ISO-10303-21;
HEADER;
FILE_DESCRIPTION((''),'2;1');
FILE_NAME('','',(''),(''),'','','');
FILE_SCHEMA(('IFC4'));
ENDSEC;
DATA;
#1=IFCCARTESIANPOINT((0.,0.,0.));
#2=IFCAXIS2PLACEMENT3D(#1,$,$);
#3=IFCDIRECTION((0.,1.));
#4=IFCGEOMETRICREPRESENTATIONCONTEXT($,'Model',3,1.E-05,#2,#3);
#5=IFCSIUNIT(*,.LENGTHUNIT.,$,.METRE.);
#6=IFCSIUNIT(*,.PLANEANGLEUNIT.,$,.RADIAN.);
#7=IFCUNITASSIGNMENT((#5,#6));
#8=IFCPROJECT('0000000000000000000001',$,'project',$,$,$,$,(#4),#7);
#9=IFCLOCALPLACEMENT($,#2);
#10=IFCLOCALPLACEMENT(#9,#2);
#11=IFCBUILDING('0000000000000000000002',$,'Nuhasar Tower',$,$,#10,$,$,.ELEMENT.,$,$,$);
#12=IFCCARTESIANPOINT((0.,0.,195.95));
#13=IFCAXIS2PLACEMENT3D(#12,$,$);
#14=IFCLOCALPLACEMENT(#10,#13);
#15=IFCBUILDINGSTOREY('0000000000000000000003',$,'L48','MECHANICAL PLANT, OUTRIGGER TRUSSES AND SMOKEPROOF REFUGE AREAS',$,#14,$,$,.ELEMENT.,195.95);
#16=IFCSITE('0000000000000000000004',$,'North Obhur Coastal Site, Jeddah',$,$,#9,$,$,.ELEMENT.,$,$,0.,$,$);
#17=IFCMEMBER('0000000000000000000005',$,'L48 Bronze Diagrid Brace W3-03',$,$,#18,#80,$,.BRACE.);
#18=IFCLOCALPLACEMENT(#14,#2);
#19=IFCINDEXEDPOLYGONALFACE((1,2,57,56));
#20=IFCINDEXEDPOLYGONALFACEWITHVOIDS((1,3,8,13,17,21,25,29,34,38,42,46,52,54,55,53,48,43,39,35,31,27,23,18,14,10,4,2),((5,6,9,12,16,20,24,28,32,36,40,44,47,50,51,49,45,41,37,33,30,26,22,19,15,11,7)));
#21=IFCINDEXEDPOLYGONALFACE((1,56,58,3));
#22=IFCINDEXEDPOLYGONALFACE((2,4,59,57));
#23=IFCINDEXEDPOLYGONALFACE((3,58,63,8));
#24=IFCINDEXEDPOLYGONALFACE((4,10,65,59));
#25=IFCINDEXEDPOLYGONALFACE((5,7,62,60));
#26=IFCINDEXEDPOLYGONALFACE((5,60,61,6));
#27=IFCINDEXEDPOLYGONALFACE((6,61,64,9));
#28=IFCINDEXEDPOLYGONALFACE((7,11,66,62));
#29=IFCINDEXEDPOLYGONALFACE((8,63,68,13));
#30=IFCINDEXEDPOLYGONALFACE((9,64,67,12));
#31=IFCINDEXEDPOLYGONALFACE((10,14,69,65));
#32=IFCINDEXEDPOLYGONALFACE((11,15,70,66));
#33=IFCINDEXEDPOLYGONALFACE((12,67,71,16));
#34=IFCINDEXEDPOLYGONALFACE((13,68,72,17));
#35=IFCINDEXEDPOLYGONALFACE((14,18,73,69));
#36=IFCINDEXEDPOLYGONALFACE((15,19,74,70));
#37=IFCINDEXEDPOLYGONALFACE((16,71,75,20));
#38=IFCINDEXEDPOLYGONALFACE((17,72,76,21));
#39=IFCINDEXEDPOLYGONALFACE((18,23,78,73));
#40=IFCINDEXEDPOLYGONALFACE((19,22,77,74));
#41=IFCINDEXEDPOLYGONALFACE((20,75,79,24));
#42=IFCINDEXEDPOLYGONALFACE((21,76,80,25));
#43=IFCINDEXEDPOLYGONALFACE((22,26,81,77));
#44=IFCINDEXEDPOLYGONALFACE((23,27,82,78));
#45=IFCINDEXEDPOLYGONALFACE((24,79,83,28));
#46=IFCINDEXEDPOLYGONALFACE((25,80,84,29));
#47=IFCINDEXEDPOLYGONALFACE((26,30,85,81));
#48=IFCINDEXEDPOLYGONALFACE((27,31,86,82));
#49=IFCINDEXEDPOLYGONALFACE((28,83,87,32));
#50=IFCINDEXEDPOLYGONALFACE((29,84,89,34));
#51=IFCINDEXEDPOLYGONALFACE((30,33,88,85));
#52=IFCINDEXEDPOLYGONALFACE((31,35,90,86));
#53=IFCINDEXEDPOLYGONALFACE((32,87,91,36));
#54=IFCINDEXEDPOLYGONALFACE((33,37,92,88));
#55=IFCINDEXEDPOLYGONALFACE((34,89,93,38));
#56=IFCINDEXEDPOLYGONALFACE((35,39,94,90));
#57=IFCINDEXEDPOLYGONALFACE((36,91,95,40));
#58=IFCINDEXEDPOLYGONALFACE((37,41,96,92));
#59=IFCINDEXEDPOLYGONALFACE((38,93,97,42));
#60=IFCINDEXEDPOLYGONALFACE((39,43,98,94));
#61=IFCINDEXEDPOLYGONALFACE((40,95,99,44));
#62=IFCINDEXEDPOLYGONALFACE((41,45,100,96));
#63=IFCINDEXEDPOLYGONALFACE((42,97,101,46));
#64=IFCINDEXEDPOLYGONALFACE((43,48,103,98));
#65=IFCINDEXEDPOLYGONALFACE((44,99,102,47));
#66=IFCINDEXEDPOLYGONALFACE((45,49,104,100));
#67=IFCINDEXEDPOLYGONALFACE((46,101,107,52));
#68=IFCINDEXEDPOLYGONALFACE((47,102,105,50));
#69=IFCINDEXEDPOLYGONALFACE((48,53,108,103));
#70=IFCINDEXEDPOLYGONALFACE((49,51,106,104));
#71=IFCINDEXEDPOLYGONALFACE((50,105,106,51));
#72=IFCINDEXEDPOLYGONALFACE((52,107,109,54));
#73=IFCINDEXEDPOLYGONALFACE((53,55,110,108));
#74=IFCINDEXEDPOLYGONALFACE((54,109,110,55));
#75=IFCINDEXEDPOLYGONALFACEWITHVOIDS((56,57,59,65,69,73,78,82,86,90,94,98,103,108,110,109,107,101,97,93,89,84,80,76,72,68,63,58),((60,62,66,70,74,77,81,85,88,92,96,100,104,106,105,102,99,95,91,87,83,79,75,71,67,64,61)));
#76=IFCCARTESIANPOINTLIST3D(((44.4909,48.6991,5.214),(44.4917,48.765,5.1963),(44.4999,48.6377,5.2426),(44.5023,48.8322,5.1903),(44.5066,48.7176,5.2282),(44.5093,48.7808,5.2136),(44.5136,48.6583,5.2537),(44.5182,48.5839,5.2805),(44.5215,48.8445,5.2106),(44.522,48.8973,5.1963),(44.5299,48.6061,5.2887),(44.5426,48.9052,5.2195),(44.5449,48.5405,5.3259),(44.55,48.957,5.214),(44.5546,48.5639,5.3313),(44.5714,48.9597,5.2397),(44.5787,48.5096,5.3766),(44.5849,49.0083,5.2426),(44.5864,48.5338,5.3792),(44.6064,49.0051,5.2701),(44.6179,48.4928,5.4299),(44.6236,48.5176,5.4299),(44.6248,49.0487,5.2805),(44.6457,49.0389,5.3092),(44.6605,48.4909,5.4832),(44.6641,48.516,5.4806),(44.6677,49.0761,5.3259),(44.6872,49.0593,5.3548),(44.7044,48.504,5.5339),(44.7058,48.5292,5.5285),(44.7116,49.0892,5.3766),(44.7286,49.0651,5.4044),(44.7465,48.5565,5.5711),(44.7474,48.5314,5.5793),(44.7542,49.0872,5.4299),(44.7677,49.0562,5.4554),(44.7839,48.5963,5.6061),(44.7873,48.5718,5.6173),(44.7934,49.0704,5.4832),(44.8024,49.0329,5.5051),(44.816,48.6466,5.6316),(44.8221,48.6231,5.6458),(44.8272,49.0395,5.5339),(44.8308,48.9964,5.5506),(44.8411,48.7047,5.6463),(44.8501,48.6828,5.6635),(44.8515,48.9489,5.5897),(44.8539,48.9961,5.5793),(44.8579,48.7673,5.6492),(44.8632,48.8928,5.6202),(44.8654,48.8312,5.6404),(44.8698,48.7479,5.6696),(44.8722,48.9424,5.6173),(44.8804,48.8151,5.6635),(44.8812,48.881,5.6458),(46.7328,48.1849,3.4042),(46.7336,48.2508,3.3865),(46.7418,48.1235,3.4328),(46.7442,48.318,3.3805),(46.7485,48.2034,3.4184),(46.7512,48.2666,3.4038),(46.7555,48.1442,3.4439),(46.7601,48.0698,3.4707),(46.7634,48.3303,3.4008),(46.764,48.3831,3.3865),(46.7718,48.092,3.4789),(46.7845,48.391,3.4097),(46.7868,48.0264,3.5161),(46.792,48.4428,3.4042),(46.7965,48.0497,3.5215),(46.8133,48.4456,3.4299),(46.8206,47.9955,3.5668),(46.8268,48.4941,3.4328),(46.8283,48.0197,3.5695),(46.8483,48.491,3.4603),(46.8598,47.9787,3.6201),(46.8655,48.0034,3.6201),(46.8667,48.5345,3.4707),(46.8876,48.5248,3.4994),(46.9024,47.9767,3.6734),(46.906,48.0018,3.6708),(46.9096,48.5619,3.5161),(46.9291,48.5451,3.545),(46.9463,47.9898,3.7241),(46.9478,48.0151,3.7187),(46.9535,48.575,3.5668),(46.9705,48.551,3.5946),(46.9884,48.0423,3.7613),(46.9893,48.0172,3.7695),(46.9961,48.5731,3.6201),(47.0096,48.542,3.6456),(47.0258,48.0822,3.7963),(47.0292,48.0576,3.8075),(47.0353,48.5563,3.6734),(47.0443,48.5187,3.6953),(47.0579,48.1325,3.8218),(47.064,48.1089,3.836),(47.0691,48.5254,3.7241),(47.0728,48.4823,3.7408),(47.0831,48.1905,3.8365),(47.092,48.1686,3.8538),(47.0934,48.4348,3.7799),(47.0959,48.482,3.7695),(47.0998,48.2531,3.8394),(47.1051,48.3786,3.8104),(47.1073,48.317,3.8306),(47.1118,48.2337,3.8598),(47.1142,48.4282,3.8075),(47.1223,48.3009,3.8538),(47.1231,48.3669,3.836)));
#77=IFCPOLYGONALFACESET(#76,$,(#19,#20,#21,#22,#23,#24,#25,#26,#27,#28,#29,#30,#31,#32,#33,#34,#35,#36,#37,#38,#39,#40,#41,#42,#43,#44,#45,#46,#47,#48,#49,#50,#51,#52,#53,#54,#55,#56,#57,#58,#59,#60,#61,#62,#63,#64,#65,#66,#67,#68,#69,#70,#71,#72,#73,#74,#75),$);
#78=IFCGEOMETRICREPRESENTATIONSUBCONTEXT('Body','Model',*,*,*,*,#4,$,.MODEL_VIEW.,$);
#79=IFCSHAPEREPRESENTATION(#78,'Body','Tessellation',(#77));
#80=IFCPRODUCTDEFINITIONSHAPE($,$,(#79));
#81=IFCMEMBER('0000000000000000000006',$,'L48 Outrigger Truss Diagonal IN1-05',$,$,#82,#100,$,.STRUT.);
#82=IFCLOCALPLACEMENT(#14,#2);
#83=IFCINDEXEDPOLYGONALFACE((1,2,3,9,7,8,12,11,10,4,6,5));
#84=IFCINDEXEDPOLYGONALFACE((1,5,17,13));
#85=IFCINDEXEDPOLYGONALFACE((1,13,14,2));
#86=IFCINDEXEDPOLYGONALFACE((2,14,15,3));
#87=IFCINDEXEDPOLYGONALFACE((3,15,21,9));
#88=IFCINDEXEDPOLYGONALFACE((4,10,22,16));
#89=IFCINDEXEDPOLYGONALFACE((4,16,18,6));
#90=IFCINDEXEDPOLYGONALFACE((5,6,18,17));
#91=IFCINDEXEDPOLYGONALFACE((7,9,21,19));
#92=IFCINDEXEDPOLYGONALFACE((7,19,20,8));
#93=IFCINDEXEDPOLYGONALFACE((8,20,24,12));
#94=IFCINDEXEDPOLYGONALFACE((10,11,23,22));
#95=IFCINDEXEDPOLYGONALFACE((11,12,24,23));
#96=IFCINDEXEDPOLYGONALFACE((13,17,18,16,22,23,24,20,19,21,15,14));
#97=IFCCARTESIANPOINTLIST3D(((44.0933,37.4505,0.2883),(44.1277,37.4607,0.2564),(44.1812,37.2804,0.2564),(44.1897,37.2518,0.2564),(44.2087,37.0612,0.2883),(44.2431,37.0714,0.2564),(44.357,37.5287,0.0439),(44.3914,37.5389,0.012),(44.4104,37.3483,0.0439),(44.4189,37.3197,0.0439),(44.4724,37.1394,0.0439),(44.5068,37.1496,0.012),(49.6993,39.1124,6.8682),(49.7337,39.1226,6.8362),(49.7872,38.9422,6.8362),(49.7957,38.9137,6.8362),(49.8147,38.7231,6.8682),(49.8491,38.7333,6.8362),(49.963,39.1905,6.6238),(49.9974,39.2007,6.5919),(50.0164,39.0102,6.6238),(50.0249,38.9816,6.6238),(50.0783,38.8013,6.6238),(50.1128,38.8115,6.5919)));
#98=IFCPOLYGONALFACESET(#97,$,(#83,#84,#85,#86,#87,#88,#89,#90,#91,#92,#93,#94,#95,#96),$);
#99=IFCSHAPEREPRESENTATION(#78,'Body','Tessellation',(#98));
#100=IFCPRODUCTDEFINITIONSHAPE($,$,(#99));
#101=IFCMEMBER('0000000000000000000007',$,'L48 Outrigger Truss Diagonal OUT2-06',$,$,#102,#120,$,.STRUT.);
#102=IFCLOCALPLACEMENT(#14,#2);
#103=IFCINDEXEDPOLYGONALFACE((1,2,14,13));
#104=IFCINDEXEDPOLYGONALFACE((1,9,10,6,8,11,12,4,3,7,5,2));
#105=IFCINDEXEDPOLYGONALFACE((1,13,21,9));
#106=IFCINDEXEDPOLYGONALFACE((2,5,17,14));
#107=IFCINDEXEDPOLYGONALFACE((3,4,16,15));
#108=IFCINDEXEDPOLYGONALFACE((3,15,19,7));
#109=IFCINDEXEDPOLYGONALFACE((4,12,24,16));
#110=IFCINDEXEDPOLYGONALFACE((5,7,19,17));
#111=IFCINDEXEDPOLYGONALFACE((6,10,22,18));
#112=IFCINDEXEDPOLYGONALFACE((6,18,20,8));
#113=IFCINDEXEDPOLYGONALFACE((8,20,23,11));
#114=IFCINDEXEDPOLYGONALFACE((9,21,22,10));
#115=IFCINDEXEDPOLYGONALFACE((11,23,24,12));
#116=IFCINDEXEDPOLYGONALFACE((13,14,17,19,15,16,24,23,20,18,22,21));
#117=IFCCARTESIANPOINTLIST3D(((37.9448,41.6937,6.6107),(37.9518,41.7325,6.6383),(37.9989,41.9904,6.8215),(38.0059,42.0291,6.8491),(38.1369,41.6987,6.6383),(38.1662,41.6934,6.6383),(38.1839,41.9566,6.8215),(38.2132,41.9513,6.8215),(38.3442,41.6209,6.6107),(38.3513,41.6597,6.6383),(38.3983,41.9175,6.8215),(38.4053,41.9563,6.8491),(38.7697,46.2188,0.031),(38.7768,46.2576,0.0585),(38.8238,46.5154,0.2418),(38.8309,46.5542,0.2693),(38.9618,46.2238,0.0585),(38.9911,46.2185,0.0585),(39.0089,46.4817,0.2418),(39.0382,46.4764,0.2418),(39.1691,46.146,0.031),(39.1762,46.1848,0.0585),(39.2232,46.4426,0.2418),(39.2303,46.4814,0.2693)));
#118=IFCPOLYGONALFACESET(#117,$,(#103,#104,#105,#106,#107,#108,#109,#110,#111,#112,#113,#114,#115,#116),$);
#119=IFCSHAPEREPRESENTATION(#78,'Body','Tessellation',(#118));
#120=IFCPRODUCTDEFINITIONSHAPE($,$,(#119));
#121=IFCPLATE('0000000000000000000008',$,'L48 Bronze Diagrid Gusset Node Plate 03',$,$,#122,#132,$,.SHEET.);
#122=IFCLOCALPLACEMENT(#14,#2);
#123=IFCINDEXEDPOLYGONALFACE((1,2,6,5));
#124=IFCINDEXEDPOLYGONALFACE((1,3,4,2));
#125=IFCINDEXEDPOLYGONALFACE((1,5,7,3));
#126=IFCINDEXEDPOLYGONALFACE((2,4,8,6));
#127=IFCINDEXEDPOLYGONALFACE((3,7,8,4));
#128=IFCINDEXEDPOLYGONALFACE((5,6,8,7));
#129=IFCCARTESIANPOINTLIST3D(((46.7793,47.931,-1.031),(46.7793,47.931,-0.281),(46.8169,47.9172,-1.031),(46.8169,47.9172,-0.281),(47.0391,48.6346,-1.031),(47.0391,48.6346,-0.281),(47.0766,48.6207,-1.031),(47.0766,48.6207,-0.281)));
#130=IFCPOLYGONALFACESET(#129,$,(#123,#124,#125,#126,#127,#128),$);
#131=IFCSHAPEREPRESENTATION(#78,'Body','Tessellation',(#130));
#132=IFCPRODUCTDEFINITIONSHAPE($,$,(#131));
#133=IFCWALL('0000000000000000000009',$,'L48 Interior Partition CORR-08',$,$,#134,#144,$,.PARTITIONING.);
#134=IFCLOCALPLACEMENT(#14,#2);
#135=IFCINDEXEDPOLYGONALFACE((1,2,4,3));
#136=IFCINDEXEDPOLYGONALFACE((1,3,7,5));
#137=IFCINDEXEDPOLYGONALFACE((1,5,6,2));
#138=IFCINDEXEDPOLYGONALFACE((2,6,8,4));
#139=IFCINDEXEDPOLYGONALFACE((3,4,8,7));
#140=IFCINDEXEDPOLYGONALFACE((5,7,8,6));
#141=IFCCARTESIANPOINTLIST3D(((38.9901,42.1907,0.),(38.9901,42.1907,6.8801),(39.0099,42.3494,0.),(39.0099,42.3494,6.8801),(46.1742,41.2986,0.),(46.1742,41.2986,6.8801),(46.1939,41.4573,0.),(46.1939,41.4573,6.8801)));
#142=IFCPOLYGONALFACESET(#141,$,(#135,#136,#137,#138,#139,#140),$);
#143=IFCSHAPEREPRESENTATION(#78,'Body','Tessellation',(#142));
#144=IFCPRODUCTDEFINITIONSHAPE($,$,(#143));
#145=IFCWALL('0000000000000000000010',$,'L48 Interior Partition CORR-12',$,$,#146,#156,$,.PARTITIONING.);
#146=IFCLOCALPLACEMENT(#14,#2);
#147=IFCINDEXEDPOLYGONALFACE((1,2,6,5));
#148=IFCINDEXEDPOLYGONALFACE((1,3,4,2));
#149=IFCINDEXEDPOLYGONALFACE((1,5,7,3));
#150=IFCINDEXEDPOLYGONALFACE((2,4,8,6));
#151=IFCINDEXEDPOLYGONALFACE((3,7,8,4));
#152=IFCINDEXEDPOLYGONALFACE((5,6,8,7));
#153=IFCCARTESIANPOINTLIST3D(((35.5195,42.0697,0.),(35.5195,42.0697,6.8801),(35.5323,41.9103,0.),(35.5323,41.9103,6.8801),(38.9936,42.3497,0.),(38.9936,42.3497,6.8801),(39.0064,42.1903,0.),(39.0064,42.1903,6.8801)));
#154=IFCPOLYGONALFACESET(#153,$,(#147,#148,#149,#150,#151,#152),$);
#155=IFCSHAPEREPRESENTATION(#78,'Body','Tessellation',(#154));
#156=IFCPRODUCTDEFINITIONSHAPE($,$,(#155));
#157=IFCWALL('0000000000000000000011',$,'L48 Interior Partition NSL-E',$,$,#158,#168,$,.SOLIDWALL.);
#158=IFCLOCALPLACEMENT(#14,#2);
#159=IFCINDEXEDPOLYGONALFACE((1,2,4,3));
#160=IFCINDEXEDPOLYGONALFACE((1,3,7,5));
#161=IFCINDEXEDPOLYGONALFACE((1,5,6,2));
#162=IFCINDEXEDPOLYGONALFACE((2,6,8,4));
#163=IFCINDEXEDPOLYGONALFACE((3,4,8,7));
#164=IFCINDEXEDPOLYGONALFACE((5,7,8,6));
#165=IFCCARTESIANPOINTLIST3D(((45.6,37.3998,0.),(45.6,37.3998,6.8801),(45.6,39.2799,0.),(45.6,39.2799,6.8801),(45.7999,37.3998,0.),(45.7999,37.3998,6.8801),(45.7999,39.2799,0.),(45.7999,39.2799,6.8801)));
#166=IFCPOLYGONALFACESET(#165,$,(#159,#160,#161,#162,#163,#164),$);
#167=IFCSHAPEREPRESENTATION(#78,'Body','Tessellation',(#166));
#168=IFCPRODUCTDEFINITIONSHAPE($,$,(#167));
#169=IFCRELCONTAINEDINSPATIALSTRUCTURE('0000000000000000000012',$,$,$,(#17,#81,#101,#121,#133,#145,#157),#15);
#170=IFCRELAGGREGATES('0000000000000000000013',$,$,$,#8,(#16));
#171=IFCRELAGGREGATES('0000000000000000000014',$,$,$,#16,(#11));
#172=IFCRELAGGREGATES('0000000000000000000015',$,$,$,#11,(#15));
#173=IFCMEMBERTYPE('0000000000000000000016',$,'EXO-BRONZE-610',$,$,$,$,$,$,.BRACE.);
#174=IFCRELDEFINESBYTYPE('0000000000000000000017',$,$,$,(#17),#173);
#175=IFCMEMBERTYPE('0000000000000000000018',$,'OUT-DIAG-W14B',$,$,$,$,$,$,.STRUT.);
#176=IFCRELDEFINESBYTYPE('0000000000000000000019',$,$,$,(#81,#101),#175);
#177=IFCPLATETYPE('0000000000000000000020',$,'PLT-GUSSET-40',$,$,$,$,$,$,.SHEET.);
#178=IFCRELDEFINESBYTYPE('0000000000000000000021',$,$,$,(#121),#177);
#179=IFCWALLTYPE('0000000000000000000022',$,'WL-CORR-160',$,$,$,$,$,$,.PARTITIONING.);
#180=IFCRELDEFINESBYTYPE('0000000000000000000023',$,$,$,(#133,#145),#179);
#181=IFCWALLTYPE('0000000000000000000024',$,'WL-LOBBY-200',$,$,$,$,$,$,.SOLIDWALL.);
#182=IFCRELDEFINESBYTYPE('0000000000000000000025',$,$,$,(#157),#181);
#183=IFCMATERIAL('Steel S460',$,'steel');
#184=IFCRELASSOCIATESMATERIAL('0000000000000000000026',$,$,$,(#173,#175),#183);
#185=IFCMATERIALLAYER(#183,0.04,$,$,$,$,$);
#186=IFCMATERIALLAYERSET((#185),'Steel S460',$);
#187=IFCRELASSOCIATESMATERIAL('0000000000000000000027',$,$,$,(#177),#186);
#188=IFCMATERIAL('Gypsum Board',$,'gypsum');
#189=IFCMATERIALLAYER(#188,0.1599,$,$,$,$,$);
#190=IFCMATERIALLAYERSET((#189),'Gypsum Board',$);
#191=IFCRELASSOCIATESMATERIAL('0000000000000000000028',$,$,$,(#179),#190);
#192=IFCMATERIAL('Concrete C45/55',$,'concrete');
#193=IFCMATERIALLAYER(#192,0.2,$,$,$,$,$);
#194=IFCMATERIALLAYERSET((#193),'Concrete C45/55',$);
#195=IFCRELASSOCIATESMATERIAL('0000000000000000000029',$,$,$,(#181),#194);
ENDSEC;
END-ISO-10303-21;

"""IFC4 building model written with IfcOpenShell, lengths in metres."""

from ifc_helpers import new_model, si_unit, direction, frame, frame_2d, origin, origin_2d, place, context, subcontext, project, spatial, rectangle, hollow_circle, i_section, extrude, material, layer, layer_set, material_profile, profile_set, type_object, element, save


model = new_model("IFC4")

# Units and contexts
model_context = context("Model", 3, precision=1e-05, world=origin(), true_north=direction((0.0, 1.0)))
body_context = subcontext(model_context, "Body", "Model", "MODEL_VIEW")
ifc_project = project(units=[si_unit("LENGTHUNIT", "METRE"), si_unit("PLANEANGLEUNIT", "RADIAN")], contexts=[model_context])

# Site, building, storey
site_placement = place(None, origin())
site = spatial("IfcSite", under=ifc_project, at=site_placement, Name="North Obhur Coastal Site, Jeddah", CompositionType="ELEMENT", RefElevation=0.0)
building_placement = place(site_placement, origin())
building = spatial("IfcBuilding", under=site, at=building_placement, Name="Nuhasar Tower", CompositionType="ELEMENT")
storey_placement = place(building_placement, frame((0.0, 0.0, 195.95)))
storey = spatial("IfcBuildingStorey", under=building, at=storey_placement, Name="L48", Description="MECHANICAL PLANT, OUTRIGGER TRUSSES AND SMOKEPROOF REFUGE AREAS", CompositionType="ELEMENT", Elevation=195.95)

# Shared definitions
ifc_material_1 = material(Name="Steel S460", Category="steel")

# Members
ifc_material_profile_1 = material_profile(ifc_material_1, hollow_circle(Radius=0.3049, WallThickness=0.0254, at=origin_2d()), Name="HSS610X25.4")
ifc_profile_set_1 = profile_set([ifc_material_profile_1], Name="Steel S460")
member_type_1 = type_object("IfcMemberType", Name="EXO-BRONZE-610", PredefinedType="BRACE", material=ifc_profile_set_1)
member_1_placement = place(storey_placement, frame((46.928, 48.2759, 3.6201), z_axis=(-0.766008, 0.175674, 0.618362), x_axis=(-0.223534, -0.974696, 0.0)))
element("IfcMember", 1, at=member_1_placement, inside=storey, type_object=member_type_1, Name="L48 Bronze Diagrid Brace W3-03", PredefinedType="BRACE", context=body_context, shape_type="SweptSolid", body=[
    extrude(hollow_circle(Radius=0.3049, WallThickness=0.0254, at=origin_2d()), origin(), (0.0, 0.0, 1.0), 2.9268),
])
ifc_material_profile_2 = material_profile(ifc_material_1, i_section(OverallWidth=0.406, OverallDepth=0.416, WebThickness=0.0298, FlangeThickness=0.0481, at=origin_2d()), Name="W14X257")
ifc_profile_set_2 = profile_set([ifc_material_profile_2], Name="Steel S460")
member_type_2 = type_object("IfcMemberType", Name="OUT-DIAG-W14B", PredefinedType="STRUT", material=ifc_profile_set_2)
member_2_placement = place(storey_placement, frame((44.3, 37.3, 0.1501), z_axis=(0.636865, 0.188796, 0.747502), x_axis=(-0.284221, 0.958759, 0.0)))
element("IfcMember", 2, at=member_2_placement, inside=storey, type_object=member_type_2, Name="L48 Outrigger Truss Diagonal IN1-05", PredefinedType="STRUT", context=body_context, shape_type="SweptSolid", body=[
    extrude(i_section(OverallWidth=0.406, OverallDepth=0.416, WebThickness=0.0298, FlangeThickness=0.0481, at=origin_2d()), origin(), (0.0, 0.0, 1.0), 8.8025),
])
member_3_placement = place(storey_placement, frame((39.0, 46.3501, 0.1501), z_axis=(-0.102757, -0.563658, 0.819592), x_axis=(0.983786, -0.179348, 0.0)))
element("IfcMember", 3, at=member_3_placement, inside=storey, type_object=member_type_2, Name="L48 Outrigger Truss Diagonal OUT2-06", PredefinedType="STRUT", context=body_context, shape_type="SweptSolid", body=[
    extrude(i_section(OverallWidth=0.406, OverallDepth=0.416, WebThickness=0.0298, FlangeThickness=0.0481, at=origin_2d()), origin(), (0.0, 0.0, 1.0), 8.0281),
])

# Plate
ifc_layer_1 = layer(ifc_material_1, 0.04)
ifc_layer_set_1 = layer_set([ifc_layer_1], Name="Steel S460")
plate_type = type_object("IfcPlateType", Name="PLT-GUSSET-40", PredefinedType="SHEET", material=ifc_layer_set_1)
plate_placement = place(storey_placement, frame((46.928, 48.2759, -1.031), z_axis=(0.0, 0.0, 1.0), x_axis=(0.346314, 0.938119, 0.0)))
element("IfcPlate", 4, at=plate_placement, inside=storey, type_object=plate_type, Name="L48 Bronze Diagrid Gusset Node Plate 03", PredefinedType="SHEET", context=body_context, shape_type="SweptSolid", body=[
    extrude(rectangle(XDim=0.75, YDim=0.04, at=origin_2d()), origin(), (0.0, 0.0, 1.0), 0.75),
])

# Walls
ifc_material_2 = material(Name="Gypsum Board", Category="gypsum")
ifc_layer_2 = layer(ifc_material_2, 0.1599)
ifc_layer_set_2 = layer_set([ifc_layer_2], Name="Gypsum Board")
wall_type_1 = type_object("IfcWallType", Name="WL-CORR-160", PredefinedType="PARTITIONING", material=ifc_layer_set_2)
wall_1_placement = place(storey_placement, frame((46.1841, 41.3779, 0.0), z_axis=(0.0, 0.0, 1.0), x_axis=(-0.992378, 0.123229, 0.0)))
element("IfcWall", 5, at=wall_1_placement, inside=storey, type_object=wall_type_1, Name="L48 Interior Partition CORR-08", PredefinedType="PARTITIONING", context=body_context, shape_type="SweptSolid", body=[
    extrude(rectangle(XDim=7.2393, YDim=0.1599, at=frame_2d((3.6196, 0.0))), origin(), (0.0, 0.0, 1.0), 6.8801),
])
wall_2_placement = place(storey_placement, frame((39.0, 42.27, 0.0), z_axis=(0.0, 0.0, 1.0), x_axis=(-0.996767, -0.080344, 0.0)))
element("IfcWall", 6, at=wall_2_placement, inside=storey, type_object=wall_type_1, Name="L48 Interior Partition CORR-12", PredefinedType="PARTITIONING", context=body_context, shape_type="SweptSolid", body=[
    extrude(rectangle(XDim=3.4854, YDim=0.1599, at=frame_2d((1.7427, 0.0))), origin(), (0.0, 0.0, 1.0), 6.8801),
])
ifc_material_3 = material(Name="Concrete C45/55", Category="concrete")
ifc_layer_3 = layer(ifc_material_3, 0.2)
ifc_layer_set_3 = layer_set([ifc_layer_3], Name="Concrete C45/55")
wall_type_2 = type_object("IfcWallType", Name="WL-LOBBY-200", PredefinedType="SOLIDWALL", material=ifc_layer_set_3)
wall_3_placement = place(storey_placement, frame((45.7, 37.3999, 0.0), z_axis=(0.0, 0.0, 1.0), x_axis=(0.0, 1.0, 0.0)))
element("IfcWall", 7, at=wall_3_placement, inside=storey, type_object=wall_type_2, Name="L48 Interior Partition NSL-E", PredefinedType="SOLIDWALL", context=body_context, shape_type="SweptSolid", body=[
    extrude(rectangle(XDim=1.8801, YDim=0.2, at=frame_2d((0.9399, 0.0))), origin(), (0.0, 0.0, 1.0), 6.8801),
])

save(model, "model.ifc")
